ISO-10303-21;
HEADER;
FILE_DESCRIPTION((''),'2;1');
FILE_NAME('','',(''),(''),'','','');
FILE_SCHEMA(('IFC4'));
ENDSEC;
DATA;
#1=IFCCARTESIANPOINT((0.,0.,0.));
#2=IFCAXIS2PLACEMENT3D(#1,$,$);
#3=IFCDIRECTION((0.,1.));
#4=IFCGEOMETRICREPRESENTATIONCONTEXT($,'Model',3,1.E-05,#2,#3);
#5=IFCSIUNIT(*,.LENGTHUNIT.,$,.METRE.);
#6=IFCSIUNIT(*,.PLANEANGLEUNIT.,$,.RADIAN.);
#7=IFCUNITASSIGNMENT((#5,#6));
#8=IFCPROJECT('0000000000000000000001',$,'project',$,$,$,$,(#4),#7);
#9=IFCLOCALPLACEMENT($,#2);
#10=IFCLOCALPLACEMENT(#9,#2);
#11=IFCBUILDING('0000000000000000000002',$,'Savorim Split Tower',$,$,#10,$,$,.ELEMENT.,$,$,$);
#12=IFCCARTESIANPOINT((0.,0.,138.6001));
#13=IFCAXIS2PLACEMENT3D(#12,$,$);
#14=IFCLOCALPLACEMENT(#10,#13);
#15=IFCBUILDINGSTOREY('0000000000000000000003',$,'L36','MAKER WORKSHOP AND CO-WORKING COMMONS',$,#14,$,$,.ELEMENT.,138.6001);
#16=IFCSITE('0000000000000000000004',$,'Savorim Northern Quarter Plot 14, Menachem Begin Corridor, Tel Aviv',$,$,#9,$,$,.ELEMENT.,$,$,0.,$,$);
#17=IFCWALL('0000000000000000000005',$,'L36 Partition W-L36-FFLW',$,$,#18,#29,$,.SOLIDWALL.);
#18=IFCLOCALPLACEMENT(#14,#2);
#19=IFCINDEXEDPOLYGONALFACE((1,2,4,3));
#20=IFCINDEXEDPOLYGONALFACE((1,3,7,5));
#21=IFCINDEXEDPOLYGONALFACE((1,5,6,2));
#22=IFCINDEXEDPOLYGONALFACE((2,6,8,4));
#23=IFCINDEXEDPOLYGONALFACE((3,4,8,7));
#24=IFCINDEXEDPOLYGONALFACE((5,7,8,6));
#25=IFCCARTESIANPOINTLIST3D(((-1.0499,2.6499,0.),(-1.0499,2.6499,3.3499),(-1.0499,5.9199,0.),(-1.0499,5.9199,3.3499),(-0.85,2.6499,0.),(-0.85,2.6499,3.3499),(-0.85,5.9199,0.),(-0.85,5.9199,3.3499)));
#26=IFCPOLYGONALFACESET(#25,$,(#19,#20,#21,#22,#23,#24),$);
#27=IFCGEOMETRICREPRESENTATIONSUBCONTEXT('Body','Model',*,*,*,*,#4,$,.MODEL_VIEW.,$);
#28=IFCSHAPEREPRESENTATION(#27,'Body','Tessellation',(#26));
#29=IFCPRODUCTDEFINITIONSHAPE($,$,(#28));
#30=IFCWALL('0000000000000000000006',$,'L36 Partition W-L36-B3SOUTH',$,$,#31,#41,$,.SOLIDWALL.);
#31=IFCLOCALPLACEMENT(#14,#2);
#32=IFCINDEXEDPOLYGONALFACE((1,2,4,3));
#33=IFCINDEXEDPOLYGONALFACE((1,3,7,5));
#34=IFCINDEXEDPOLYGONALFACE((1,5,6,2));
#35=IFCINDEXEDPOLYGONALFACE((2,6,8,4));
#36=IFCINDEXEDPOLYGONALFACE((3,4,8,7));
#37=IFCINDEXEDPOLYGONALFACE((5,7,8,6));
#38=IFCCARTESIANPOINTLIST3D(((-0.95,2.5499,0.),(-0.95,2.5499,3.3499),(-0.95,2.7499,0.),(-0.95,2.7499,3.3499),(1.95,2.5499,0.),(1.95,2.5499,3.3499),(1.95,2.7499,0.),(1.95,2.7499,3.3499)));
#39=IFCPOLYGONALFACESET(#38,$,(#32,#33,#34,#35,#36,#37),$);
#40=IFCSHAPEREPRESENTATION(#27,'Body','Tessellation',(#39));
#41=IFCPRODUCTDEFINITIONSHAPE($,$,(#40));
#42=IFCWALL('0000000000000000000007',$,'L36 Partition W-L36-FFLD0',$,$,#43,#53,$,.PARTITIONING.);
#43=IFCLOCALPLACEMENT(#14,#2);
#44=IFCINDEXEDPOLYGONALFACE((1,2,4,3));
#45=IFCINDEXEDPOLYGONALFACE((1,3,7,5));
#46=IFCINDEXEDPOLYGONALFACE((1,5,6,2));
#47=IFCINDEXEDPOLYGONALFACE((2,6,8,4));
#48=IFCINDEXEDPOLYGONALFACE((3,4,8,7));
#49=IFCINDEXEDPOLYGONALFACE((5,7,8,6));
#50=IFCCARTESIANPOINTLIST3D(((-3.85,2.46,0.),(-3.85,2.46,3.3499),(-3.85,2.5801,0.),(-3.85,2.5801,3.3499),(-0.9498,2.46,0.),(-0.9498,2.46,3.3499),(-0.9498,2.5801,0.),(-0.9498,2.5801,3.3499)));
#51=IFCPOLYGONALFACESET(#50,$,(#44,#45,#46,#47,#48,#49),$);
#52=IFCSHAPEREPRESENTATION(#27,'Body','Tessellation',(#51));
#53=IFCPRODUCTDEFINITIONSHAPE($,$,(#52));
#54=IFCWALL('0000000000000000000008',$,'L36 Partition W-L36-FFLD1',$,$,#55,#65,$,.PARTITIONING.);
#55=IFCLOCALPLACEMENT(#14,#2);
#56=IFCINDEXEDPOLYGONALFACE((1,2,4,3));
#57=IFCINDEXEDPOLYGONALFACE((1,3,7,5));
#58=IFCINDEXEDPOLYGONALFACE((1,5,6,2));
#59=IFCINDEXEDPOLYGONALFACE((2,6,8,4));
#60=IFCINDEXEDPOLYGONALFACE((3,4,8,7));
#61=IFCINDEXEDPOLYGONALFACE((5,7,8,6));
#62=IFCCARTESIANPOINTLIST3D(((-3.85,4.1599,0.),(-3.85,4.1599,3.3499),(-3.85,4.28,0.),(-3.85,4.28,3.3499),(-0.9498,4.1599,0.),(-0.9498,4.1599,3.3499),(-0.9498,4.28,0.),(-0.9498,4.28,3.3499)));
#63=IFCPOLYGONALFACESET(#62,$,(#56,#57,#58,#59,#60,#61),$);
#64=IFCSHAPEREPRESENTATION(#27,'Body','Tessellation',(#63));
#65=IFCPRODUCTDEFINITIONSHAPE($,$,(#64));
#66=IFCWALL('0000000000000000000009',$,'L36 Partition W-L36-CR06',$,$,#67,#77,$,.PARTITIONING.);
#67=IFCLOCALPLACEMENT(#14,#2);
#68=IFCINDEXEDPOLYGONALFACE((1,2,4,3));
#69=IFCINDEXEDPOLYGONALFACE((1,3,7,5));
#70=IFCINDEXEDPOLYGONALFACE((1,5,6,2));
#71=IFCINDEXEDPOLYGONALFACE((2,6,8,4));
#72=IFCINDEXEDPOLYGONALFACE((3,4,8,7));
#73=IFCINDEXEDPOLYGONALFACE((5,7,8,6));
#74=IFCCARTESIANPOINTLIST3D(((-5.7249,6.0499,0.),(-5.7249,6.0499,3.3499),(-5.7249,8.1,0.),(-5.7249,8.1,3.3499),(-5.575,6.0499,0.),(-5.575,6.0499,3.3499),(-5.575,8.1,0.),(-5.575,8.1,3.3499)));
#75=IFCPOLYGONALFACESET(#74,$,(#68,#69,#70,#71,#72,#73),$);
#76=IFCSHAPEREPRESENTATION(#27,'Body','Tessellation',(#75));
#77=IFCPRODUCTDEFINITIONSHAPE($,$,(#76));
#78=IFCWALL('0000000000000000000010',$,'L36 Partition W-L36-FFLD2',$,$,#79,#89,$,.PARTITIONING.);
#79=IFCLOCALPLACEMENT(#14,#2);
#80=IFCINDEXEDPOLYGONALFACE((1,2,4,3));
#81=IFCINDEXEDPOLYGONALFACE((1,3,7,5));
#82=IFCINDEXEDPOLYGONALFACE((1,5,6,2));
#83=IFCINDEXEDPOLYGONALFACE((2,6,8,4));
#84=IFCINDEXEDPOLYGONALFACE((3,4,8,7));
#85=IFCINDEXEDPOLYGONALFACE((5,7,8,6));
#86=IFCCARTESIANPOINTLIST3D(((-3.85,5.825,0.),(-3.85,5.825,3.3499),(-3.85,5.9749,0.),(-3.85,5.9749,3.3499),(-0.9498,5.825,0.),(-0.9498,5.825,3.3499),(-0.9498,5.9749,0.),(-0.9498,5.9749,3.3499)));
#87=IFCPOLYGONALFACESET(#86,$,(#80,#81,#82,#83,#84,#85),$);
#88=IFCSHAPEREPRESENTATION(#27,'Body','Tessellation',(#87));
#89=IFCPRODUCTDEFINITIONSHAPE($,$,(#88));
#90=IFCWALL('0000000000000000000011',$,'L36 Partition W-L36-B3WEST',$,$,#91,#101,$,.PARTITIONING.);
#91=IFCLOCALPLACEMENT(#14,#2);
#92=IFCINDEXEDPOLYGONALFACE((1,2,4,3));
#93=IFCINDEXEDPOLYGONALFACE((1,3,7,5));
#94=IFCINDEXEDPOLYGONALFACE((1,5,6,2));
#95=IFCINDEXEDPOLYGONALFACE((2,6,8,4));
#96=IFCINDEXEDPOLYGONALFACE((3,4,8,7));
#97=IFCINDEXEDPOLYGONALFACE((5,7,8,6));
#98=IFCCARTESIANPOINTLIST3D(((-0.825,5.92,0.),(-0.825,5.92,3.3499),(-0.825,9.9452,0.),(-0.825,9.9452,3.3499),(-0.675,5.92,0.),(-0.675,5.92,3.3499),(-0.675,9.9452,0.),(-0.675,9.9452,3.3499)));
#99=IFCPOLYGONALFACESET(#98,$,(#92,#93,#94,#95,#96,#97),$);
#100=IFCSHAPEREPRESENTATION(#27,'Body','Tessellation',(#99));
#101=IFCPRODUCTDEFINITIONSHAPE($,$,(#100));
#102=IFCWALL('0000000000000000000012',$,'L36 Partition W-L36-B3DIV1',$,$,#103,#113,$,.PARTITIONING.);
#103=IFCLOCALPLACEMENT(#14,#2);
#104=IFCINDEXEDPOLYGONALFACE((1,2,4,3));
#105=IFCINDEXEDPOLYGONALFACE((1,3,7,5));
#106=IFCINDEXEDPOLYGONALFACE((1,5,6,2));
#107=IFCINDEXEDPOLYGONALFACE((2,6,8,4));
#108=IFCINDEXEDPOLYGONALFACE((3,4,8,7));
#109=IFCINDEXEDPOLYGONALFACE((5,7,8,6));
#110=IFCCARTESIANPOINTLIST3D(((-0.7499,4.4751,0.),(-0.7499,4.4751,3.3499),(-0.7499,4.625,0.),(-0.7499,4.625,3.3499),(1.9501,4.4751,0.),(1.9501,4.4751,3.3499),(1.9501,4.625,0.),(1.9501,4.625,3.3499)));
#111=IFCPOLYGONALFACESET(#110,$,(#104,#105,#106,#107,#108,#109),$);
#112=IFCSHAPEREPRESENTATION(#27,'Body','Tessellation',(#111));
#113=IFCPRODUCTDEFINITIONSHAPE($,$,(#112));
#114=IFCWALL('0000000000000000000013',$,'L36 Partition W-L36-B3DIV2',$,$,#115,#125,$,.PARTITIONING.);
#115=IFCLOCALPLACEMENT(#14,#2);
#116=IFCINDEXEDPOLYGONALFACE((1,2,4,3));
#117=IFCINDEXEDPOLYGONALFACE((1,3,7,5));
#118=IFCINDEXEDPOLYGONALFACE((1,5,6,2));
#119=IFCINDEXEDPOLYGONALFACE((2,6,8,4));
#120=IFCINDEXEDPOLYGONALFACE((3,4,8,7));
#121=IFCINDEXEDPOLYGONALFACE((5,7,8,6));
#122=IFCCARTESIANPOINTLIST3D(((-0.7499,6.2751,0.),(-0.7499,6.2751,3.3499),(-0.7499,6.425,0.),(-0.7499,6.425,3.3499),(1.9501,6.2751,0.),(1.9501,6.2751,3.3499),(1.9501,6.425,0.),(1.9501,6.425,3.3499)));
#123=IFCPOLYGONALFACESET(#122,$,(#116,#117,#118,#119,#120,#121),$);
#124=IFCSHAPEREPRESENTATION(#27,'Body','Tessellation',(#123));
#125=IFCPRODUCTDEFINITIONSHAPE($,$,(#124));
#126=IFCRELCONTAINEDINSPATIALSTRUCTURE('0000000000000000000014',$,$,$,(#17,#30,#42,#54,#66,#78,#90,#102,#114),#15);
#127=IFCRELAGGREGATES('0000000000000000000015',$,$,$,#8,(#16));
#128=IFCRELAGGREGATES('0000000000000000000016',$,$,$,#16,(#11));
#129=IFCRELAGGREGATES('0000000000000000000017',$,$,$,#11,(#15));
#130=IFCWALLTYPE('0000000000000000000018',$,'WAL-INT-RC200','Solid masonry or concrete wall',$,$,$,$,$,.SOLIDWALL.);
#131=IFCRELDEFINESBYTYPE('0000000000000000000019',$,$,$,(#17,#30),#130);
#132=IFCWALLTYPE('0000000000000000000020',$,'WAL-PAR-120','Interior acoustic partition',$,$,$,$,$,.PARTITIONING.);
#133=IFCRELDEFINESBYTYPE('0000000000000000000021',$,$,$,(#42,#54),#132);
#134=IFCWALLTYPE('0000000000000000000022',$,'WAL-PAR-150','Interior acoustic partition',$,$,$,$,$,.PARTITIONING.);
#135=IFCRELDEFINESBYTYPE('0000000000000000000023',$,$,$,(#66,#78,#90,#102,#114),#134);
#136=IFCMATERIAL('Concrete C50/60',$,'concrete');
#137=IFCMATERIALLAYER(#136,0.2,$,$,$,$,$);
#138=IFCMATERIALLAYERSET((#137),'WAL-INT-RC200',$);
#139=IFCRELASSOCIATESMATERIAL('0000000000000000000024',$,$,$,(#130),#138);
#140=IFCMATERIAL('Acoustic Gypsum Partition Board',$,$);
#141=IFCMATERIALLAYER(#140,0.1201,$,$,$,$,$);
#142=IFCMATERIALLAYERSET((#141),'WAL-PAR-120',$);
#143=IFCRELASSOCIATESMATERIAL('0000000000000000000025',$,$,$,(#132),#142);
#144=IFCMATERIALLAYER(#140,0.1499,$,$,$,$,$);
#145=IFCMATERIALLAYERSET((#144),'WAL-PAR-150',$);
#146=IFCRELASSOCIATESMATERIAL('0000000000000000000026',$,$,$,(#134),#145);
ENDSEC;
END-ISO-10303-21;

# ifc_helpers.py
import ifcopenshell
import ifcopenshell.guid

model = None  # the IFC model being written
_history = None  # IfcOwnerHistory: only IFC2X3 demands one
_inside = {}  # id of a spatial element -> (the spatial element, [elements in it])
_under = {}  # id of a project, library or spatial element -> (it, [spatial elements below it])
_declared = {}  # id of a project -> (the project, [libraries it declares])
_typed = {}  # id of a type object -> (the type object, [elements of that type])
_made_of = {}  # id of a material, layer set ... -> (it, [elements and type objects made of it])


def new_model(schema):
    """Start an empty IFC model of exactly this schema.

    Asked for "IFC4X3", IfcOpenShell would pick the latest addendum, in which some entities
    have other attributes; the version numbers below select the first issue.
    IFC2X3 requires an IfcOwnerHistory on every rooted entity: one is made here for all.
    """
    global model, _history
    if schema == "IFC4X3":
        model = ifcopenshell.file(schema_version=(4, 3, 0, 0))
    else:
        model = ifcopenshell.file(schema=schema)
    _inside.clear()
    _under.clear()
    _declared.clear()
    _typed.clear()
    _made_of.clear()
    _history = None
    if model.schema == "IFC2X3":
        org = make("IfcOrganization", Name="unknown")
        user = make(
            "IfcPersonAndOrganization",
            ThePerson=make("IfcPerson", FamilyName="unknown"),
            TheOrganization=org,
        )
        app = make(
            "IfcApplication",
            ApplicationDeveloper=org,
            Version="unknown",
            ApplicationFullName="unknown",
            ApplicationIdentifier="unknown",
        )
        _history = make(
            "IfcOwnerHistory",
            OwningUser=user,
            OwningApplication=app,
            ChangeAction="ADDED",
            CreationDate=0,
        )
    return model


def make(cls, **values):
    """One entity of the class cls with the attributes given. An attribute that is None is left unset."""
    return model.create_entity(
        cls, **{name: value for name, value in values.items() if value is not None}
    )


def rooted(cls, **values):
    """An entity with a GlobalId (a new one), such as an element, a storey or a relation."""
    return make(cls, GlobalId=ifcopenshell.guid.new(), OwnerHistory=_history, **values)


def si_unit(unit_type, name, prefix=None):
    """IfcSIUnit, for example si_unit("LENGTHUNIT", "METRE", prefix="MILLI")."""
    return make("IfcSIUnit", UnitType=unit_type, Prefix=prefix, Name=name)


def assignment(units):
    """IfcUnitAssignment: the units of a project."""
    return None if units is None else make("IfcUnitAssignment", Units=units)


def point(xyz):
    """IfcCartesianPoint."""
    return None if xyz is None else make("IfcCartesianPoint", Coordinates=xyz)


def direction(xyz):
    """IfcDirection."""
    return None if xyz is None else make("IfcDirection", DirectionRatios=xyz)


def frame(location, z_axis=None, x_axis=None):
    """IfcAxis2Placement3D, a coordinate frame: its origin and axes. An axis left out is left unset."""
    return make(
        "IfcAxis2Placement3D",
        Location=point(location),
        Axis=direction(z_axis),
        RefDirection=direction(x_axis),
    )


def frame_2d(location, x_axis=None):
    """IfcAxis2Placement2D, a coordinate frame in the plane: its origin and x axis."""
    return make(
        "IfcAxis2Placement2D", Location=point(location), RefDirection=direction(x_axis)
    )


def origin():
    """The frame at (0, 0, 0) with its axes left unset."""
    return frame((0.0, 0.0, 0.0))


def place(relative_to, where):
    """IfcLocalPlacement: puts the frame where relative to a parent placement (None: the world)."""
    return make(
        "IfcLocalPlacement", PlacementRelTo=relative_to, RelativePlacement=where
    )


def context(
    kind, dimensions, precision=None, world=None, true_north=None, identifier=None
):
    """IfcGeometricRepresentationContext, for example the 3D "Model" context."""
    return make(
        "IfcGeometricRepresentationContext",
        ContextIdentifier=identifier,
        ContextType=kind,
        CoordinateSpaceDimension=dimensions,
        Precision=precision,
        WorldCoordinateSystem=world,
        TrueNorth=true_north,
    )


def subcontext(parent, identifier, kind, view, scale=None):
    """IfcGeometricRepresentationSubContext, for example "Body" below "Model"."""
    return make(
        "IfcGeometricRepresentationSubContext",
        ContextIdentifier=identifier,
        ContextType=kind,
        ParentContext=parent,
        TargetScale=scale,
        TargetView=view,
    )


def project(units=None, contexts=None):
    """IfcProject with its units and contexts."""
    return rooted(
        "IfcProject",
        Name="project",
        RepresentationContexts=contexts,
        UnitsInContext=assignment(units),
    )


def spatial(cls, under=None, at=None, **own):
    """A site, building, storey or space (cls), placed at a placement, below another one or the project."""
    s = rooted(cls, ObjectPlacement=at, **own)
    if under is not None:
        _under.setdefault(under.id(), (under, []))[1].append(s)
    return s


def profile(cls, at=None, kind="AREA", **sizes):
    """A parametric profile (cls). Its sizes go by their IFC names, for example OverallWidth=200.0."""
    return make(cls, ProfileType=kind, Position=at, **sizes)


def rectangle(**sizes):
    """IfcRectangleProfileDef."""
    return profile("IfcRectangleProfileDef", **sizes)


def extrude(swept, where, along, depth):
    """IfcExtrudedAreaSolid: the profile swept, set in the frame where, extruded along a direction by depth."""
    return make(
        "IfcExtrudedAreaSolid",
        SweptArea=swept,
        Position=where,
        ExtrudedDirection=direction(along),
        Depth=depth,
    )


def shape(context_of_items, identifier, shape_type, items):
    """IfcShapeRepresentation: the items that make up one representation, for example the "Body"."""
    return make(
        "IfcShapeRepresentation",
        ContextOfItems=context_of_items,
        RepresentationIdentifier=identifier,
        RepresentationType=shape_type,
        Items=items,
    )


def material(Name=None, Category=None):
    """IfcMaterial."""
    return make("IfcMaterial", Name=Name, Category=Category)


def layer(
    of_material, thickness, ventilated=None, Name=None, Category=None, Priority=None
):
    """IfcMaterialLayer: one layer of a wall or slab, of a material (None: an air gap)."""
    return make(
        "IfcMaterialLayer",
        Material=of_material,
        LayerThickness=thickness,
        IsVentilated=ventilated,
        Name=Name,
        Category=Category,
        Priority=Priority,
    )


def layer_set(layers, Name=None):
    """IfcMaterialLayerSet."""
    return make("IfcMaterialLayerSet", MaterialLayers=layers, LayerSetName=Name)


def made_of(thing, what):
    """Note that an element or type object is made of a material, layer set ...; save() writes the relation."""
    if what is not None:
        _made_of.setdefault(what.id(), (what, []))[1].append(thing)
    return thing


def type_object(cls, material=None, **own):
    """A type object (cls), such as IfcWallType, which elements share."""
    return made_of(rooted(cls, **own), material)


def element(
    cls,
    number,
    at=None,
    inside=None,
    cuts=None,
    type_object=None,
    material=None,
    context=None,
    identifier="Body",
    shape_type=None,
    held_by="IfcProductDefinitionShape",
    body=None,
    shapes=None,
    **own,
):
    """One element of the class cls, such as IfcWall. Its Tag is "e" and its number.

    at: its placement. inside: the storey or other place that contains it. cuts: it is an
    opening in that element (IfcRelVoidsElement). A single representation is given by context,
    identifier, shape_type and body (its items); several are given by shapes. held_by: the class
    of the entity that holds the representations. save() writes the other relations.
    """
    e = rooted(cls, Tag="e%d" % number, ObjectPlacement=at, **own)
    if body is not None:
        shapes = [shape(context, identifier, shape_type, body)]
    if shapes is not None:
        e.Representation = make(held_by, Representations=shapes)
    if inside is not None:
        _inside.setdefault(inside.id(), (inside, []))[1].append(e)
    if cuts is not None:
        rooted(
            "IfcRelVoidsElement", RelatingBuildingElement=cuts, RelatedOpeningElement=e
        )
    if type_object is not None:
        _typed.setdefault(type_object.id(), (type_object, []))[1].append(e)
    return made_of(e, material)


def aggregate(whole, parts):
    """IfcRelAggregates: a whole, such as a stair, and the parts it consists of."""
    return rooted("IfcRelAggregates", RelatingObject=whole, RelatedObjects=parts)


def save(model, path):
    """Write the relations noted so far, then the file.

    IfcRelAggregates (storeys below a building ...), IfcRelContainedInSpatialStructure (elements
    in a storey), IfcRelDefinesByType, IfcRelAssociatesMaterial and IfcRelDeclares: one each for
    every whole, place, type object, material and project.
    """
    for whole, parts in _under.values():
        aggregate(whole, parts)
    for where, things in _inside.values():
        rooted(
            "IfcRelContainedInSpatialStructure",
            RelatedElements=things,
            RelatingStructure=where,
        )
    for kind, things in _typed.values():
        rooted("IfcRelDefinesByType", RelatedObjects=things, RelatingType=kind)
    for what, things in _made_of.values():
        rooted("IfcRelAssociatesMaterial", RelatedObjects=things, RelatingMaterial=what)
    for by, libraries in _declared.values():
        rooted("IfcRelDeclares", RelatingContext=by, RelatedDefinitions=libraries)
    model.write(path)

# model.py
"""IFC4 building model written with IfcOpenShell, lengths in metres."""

from ifc_helpers import new_model, si_unit, direction, frame, frame_2d, origin, place, context, subcontext, project, spatial, rectangle, extrude, material, layer, layer_set, type_object, element, save


model = new_model("IFC4")

# Units and contexts
model_context = context("Model", 3, precision=1e-05, world=origin(), true_north=direction((0.0, 1.0)))
body_context = subcontext(model_context, "Body", "Model", "MODEL_VIEW")
ifc_project = project(units=[si_unit("LENGTHUNIT", "METRE"), si_unit("PLANEANGLEUNIT", "RADIAN")], contexts=[model_context])

# Site, building, storey
site_placement = place(None, origin())
site = spatial("IfcSite", under=ifc_project, at=site_placement, Name="Savorim Northern Quarter Plot 14, Menachem Begin Corridor, Tel Aviv", CompositionType="ELEMENT", RefElevation=0.0)
building_placement = place(site_placement, origin())
building = spatial("IfcBuilding", under=site, at=building_placement, Name="Savorim Split Tower", CompositionType="ELEMENT")
storey_placement = place(building_placement, frame((0.0, 0.0, 138.6001)))
storey = spatial("IfcBuildingStorey", under=building, at=storey_placement, Name="L36", Description="MAKER WORKSHOP AND CO-WORKING COMMONS", CompositionType="ELEMENT", Elevation=138.6001)

# Shared definitions
ifc_material_1 = material(Name="Concrete C50/60", Category="concrete")
ifc_layer_1 = layer(ifc_material_1, 0.2)
ifc_layer_set_1 = layer_set([ifc_layer_1], Name="WAL-INT-RC200")
wall_type_1 = type_object("IfcWallType", Name="WAL-INT-RC200", Description="Solid masonry or concrete wall", PredefinedType="SOLIDWALL", material=ifc_layer_set_1)

# Walls
wall_1_placement = place(storey_placement, frame((-0.95, 2.6499, 0.0), z_axis=(0.0, 0.0, 1.0), x_axis=(0.0, 1.0, 0.0)))
element("IfcWall", 1, at=wall_1_placement, inside=storey, type_object=wall_type_1, Name="L36 Partition W-L36-FFLW", PredefinedType="SOLIDWALL", context=body_context, shape_type="SweptSolid", body=[
    extrude(rectangle(XDim=3.27, YDim=0.2, at=frame_2d((1.635, 0.0))), origin(), (0.0, 0.0, 1.0), 3.3499),
])
wall_2_placement = place(storey_placement, frame((-0.95, 2.6499, 0.0), z_axis=(0.0, 0.0, 1.0), x_axis=(1.0, 0.0, 0.0)))
element("IfcWall", 2, at=wall_2_placement, inside=storey, type_object=wall_type_1, Name="L36 Partition W-L36-B3SOUTH", PredefinedType="SOLIDWALL", context=body_context, shape_type="SweptSolid", body=[
    extrude(rectangle(XDim=2.8999, YDim=0.2, at=frame_2d((1.45, 0.0))), origin(), (0.0, 0.0, 1.0), 3.3499),
])
ifc_material_2 = material(Name="Acoustic Gypsum Partition Board")
ifc_layer_2 = layer(ifc_material_2, 0.1201)
ifc_layer_set_2 = layer_set([ifc_layer_2], Name="WAL-PAR-120")
wall_type_2 = type_object("IfcWallType", Name="WAL-PAR-120", Description="Interior acoustic partition", PredefinedType="PARTITIONING", material=ifc_layer_set_2)
for number, where, z_axis, x_axis, name in (
    (3, (-3.8501, 2.52, 0.0), (0.0, 0.0, 1.0), (1.0, 0.0, 0.0), "L36 Partition W-L36-FFLD0"),
    (4, (-3.8501, 4.22, 0.0), (0.0, 0.0, 1.0), (1.0, 0.0, 0.0), "L36 Partition W-L36-FFLD1"),
):
    element("IfcWall", number, at=place(storey_placement, frame(where, z_axis=z_axis, x_axis=x_axis)), inside=storey, type_object=wall_type_2, Name=name, PredefinedType="PARTITIONING", context=body_context, shape_type="SweptSolid", body=[
        extrude(rectangle(XDim=2.9001, YDim=0.1201, at=frame_2d((1.4502, 0.0))), origin(), (0.0, 0.0, 1.0), 3.3499),
    ])
ifc_layer_3 = layer(ifc_material_2, 0.1499)
ifc_layer_set_3 = layer_set([ifc_layer_3], Name="WAL-PAR-150")
wall_type_3 = type_object("IfcWallType", Name="WAL-PAR-150", Description="Interior acoustic partition", PredefinedType="PARTITIONING", material=ifc_layer_set_3)
wall_3_placement = place(storey_placement, frame((-5.6499, 6.05, 0.0), z_axis=(0.0, 0.0, 1.0), x_axis=(0.0, 1.0, 0.0)))
element("IfcWall", 5, at=wall_3_placement, inside=storey, type_object=wall_type_3, Name="L36 Partition W-L36-CR06", PredefinedType="PARTITIONING", context=body_context, shape_type="SweptSolid", body=[
    extrude(rectangle(XDim=2.05, YDim=0.1499, at=frame_2d((1.0249, 0.0))), origin(), (0.0, 0.0, 1.0), 3.3499),
])
wall_4_placement = place(storey_placement, frame((-3.8501, 5.8999, 0.0), z_axis=(0.0, 0.0, 1.0), x_axis=(1.0, 0.0, 0.0)))
element("IfcWall", 6, at=wall_4_placement, inside=storey, type_object=wall_type_3, Name="L36 Partition W-L36-FFLD2", PredefinedType="PARTITIONING", context=body_context, shape_type="SweptSolid", body=[
    extrude(rectangle(XDim=2.9001, YDim=0.1499, at=frame_2d((1.4502, 0.0))), origin(), (0.0, 0.0, 1.0), 3.3499),
])
wall_5_placement = place(storey_placement, frame((-0.75, 5.9199, 0.0), z_axis=(0.0, 0.0, 1.0), x_axis=(0.0, 1.0, 0.0)))
element("IfcWall", 7, at=wall_5_placement, inside=storey, type_object=wall_type_3, Name="L36 Partition W-L36-B3WEST", PredefinedType="PARTITIONING", context=body_context, shape_type="SweptSolid", body=[
    extrude(rectangle(XDim=4.0251, YDim=0.1499, at=frame_2d((2.0127, 0.0))), origin(), (0.0, 0.0, 1.0), 3.3499),
])
for number, where, z_axis, x_axis, name in (
    (8, (-0.75, 4.55, 0.0), (0.0, 0.0, 1.0), (1.0, 0.0, 0.0), "L36 Partition W-L36-B3DIV1"),
    (9, (-0.75, 6.3501, 0.0), (0.0, 0.0, 1.0), (1.0, 0.0, 0.0), "L36 Partition W-L36-B3DIV2"),
):
    element("IfcWall", number, at=place(storey_placement, frame(where, z_axis=z_axis, x_axis=x_axis)), inside=storey, type_object=wall_type_3, Name=name, PredefinedType="PARTITIONING", context=body_context, shape_type="SweptSolid", body=[
        extrude(rectangle(XDim=2.7, YDim=0.1499, at=frame_2d((1.3501, 0.0))), origin(), (0.0, 0.0, 1.0), 3.3499),
    ])

save(model, "model.ifc")
